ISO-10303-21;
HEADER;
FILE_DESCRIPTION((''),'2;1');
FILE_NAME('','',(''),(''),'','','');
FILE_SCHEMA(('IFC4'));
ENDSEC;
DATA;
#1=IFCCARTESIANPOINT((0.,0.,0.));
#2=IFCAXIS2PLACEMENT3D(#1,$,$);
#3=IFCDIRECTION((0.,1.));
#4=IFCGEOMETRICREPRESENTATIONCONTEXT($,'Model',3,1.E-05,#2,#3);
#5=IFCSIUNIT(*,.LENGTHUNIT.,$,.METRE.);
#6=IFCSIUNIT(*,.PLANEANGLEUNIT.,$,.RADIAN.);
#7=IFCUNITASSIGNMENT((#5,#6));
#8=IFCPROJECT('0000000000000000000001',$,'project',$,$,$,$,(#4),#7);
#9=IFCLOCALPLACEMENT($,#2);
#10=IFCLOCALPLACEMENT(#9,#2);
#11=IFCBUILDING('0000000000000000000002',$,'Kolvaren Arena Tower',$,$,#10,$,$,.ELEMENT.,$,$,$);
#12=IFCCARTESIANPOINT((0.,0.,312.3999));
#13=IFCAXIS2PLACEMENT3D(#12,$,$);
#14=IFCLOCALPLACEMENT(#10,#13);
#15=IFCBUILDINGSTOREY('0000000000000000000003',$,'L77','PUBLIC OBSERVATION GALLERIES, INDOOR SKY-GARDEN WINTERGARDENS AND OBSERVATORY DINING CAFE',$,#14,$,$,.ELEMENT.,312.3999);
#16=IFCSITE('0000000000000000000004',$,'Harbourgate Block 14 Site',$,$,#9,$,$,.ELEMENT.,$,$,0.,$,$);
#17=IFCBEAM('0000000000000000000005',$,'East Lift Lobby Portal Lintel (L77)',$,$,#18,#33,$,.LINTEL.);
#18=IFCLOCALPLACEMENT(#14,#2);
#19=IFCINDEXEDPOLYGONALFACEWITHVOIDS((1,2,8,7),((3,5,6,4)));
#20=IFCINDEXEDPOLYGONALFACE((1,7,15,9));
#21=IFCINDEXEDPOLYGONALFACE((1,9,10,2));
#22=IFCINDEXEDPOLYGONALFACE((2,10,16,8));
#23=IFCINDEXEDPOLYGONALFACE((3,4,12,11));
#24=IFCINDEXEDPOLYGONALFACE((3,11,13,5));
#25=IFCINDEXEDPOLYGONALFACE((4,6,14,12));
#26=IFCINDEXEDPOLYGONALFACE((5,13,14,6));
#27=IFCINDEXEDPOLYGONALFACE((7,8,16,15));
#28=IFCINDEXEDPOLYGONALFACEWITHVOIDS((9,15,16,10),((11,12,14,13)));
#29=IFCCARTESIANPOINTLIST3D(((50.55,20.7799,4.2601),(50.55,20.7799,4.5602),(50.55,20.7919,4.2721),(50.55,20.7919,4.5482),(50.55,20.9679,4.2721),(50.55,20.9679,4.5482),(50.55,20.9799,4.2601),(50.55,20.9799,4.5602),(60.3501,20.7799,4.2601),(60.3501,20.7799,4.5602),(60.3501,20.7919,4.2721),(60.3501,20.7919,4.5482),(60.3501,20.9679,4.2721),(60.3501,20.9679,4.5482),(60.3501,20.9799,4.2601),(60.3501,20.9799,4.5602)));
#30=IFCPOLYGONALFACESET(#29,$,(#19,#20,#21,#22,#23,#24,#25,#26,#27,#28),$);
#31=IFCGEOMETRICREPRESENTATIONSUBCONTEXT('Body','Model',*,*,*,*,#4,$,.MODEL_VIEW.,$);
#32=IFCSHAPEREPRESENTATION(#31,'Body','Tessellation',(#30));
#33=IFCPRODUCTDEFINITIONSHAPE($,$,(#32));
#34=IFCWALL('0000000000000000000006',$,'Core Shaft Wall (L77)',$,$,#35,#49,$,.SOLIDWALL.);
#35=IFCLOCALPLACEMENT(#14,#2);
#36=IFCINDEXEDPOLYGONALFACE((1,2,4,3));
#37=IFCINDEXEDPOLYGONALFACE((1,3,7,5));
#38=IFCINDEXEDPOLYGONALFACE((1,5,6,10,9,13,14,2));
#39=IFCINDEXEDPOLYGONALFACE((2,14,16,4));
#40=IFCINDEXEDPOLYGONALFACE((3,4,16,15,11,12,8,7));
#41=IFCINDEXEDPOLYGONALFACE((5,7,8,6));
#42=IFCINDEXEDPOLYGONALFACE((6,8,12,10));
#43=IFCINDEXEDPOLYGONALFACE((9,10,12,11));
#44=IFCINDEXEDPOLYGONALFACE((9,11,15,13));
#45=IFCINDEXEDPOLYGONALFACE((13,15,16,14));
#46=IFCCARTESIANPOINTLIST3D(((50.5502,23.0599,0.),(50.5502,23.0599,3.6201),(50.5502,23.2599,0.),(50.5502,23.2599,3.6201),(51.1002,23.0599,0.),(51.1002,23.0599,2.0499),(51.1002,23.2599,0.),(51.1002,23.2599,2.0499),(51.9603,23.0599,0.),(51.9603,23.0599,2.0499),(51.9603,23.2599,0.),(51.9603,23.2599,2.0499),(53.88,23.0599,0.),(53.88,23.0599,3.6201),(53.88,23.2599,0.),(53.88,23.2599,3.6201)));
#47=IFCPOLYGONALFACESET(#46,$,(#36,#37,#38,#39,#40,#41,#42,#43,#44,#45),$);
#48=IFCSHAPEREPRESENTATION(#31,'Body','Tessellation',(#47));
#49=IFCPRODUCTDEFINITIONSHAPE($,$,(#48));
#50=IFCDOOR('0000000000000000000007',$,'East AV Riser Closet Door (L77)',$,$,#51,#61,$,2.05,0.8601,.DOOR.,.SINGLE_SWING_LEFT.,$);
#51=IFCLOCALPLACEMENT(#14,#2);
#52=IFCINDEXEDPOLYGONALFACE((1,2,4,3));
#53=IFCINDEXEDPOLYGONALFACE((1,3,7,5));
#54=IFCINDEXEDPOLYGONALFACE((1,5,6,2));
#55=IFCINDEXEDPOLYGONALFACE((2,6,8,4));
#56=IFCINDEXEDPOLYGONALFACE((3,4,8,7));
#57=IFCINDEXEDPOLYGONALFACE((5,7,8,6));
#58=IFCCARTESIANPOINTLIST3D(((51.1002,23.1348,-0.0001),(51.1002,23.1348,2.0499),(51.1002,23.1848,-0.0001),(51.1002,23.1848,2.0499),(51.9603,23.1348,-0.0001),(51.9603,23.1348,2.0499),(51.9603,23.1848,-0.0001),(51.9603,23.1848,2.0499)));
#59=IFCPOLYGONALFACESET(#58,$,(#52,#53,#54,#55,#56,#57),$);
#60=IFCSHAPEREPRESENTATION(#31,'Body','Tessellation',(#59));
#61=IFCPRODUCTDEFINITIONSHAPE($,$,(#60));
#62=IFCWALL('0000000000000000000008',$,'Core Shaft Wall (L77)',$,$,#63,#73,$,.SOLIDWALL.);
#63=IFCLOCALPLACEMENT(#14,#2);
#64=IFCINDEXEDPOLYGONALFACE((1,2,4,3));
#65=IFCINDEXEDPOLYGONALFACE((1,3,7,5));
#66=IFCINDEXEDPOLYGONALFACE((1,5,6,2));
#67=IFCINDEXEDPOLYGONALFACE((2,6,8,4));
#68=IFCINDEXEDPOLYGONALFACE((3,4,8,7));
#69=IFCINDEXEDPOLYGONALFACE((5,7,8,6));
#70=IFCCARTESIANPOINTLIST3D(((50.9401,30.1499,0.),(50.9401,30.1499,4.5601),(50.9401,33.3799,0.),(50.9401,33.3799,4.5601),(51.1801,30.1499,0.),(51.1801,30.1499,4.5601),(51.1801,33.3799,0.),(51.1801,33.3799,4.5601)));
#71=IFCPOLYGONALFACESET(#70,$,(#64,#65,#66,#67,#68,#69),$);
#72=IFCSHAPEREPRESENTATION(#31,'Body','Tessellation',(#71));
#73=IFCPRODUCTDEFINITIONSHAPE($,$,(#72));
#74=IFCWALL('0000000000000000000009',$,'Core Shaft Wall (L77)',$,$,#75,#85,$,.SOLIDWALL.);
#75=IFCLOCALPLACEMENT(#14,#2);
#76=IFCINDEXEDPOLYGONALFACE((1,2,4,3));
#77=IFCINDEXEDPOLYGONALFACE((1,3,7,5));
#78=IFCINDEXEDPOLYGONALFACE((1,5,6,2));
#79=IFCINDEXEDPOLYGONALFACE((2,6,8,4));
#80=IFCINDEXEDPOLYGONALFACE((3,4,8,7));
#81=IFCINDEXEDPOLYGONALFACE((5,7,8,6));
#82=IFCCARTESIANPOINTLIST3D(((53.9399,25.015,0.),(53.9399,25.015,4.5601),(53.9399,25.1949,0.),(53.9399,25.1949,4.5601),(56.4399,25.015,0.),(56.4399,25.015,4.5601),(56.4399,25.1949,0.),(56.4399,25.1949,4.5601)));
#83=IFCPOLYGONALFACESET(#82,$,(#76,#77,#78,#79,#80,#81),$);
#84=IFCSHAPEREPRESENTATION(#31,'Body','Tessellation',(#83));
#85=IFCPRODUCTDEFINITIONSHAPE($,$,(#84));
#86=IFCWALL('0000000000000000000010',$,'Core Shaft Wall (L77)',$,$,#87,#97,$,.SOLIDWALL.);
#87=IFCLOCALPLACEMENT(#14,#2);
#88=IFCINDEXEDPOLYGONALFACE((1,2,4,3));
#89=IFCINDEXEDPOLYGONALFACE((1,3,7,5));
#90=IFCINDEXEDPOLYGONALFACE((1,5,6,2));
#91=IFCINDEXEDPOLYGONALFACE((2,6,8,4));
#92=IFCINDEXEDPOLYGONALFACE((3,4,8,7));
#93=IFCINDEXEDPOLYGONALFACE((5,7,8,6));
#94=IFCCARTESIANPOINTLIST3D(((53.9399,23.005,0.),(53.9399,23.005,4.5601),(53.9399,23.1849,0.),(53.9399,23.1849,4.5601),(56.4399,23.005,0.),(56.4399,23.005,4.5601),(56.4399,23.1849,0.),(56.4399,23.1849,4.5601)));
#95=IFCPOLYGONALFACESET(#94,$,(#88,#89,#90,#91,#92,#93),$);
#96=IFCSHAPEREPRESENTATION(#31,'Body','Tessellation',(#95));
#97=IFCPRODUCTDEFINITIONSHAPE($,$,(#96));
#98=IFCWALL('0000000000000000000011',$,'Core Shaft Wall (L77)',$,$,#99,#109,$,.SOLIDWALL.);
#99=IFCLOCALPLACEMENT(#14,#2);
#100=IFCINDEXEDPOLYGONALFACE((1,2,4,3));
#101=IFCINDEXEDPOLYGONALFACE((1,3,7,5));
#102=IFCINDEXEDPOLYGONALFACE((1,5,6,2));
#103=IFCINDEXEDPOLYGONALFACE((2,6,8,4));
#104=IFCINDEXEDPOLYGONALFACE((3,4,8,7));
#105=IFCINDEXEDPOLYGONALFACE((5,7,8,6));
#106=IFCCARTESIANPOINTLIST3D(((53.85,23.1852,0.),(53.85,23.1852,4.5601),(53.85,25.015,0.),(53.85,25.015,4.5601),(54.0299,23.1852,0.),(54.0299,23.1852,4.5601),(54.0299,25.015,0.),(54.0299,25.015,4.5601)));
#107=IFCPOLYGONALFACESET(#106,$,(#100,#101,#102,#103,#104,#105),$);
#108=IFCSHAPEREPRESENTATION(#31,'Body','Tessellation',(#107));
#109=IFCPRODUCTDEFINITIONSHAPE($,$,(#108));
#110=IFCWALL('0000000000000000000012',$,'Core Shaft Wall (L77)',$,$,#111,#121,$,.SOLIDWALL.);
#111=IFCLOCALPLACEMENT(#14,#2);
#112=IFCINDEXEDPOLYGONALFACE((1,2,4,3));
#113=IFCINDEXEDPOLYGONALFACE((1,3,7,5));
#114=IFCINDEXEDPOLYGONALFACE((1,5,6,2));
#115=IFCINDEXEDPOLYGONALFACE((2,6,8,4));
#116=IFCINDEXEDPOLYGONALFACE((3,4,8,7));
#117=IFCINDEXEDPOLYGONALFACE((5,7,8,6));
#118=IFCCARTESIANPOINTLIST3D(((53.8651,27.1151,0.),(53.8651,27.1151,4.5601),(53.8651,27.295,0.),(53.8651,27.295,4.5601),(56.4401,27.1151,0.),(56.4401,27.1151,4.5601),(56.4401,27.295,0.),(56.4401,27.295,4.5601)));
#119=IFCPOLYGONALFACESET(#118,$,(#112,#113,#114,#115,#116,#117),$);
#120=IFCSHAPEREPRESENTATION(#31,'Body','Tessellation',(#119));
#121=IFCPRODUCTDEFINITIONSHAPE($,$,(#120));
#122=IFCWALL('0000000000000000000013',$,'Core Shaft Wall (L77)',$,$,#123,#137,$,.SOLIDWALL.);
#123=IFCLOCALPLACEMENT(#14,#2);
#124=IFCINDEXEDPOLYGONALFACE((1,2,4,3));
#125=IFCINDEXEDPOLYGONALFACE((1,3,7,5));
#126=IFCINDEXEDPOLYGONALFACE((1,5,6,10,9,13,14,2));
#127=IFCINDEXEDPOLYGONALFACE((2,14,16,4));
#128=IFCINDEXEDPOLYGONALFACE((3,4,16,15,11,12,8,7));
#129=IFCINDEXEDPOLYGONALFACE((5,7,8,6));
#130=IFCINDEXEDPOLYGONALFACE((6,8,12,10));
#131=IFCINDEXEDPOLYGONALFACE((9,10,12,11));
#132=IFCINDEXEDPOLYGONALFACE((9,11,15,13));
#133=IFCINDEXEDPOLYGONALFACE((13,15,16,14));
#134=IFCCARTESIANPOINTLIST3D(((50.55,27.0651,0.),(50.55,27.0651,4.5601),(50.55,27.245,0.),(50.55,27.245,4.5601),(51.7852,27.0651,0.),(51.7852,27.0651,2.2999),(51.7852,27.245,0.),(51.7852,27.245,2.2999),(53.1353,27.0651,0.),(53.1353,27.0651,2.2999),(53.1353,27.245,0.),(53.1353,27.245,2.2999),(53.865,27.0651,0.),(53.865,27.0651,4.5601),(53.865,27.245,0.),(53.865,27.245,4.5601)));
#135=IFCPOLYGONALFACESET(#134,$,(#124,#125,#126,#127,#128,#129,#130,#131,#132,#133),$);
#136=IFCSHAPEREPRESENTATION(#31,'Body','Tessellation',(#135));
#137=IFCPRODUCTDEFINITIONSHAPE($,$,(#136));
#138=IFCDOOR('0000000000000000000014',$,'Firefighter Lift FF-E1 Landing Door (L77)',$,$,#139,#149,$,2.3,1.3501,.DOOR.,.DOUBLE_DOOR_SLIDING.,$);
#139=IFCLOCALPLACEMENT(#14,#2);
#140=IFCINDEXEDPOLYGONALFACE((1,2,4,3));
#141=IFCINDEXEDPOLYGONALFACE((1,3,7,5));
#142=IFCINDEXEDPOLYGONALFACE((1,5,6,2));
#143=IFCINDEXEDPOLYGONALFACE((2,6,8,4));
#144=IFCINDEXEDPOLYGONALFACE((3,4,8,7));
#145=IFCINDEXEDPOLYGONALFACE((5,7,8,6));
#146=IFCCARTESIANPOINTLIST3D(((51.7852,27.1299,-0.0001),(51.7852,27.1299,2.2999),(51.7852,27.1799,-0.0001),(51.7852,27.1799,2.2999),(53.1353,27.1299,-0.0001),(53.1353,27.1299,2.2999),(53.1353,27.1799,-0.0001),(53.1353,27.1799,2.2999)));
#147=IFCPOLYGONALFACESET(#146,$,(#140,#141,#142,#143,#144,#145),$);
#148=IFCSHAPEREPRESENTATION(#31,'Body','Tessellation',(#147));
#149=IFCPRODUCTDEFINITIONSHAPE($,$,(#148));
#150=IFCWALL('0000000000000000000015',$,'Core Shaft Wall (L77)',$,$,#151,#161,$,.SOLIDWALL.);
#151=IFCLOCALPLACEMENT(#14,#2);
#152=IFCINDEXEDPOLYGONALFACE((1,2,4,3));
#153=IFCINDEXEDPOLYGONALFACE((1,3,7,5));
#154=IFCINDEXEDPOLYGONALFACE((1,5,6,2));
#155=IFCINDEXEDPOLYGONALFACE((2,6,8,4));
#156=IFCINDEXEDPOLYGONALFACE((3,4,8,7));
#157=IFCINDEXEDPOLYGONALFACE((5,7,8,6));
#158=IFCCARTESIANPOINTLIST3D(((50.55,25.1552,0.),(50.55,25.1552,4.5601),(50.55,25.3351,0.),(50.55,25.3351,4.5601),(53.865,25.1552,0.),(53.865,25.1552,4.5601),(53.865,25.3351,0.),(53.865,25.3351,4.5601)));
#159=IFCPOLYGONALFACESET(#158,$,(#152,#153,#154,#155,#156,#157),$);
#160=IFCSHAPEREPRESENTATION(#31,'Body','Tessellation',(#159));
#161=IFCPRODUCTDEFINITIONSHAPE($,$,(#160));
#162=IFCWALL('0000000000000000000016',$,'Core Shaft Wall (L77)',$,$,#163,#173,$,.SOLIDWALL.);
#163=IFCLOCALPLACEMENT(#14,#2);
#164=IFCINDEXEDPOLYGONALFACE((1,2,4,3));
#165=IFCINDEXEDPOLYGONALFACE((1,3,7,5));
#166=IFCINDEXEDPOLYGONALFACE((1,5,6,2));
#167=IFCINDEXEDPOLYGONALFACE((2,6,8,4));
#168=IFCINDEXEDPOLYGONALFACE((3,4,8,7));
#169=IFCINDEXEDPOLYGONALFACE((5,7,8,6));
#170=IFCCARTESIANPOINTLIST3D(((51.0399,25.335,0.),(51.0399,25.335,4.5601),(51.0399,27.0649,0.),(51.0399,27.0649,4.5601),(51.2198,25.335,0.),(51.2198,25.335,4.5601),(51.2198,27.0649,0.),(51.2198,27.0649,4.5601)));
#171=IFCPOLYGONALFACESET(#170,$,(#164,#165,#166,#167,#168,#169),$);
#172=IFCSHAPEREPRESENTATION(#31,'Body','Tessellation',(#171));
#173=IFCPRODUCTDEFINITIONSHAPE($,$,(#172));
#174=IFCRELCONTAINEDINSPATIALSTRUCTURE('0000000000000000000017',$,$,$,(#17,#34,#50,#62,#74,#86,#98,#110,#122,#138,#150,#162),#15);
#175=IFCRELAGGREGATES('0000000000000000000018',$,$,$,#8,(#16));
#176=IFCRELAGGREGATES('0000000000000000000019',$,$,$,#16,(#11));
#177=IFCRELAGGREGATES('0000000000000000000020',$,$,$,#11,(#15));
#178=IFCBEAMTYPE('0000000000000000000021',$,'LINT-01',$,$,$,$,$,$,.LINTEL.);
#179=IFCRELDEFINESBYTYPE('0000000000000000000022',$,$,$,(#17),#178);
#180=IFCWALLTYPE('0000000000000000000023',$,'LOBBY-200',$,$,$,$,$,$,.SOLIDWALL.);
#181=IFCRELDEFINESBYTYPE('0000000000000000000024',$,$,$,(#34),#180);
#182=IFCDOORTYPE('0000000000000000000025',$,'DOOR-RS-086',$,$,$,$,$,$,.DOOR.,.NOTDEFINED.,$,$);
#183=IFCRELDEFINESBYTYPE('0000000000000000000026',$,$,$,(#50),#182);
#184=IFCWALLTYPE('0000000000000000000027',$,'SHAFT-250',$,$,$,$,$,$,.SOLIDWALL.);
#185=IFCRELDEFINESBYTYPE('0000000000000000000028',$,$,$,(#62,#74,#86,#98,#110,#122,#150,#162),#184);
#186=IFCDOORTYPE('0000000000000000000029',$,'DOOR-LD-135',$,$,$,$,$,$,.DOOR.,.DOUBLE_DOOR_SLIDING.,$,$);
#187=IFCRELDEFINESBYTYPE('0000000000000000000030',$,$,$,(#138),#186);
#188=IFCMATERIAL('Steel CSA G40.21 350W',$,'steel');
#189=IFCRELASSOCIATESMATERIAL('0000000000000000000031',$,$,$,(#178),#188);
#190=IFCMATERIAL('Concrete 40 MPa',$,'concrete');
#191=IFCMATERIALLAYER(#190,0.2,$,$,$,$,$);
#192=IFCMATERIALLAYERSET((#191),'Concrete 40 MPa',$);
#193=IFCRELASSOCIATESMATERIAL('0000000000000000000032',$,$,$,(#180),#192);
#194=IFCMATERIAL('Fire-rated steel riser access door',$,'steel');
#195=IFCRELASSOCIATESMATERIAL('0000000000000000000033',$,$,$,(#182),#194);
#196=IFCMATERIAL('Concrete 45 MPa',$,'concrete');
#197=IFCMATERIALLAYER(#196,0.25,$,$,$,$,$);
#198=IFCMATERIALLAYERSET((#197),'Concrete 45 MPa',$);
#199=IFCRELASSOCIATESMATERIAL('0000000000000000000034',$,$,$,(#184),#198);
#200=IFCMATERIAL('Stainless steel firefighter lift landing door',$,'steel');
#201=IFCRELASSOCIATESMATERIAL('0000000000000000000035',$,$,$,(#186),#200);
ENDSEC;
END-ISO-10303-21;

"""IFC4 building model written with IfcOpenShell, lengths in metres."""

from ifc_helpers import new_model, si_unit, direction, frame, frame_2d, origin, origin_2d, place, context, subcontext, project, spatial, rectangle, hollow_rectangle, extrude, material, layer, layer_set, material_profile, profile_set, type_object, element, fill, save


model = new_model("IFC4")

# Units and contexts
model_context = context("Model", 3, precision=1e-05, world=origin(), true_north=direction((0.0, 1.0)))
body_context = subcontext(model_context, "Body", "Model", "MODEL_VIEW")
ifc_project = project(units=[si_unit("LENGTHUNIT", "METRE"), si_unit("PLANEANGLEUNIT", "RADIAN")], contexts=[model_context])

# Site, building, storey
site_placement = place(None, origin())
site = spatial("IfcSite", under=ifc_project, at=site_placement, Name="Harbourgate Block 14 Site", CompositionType="ELEMENT", RefElevation=0.0)
building_placement = place(site_placement, origin())
building = spatial("IfcBuilding", under=site, at=building_placement, Name="Kolvaren Arena Tower", CompositionType="ELEMENT")
storey_placement = place(building_placement, frame((0.0, 0.0, 312.3999)))
storey = spatial("IfcBuildingStorey", under=building, at=storey_placement, Name="L77", Description="PUBLIC OBSERVATION GALLERIES, INDOOR SKY-GARDEN WINTERGARDENS AND OBSERVATORY DINING CAFE", CompositionType="ELEMENT", Elevation=312.3999)

# Beam
ifc_material_1 = material(Name="Steel CSA G40.21 350W", Category="steel")
ifc_material_profile_1 = material_profile(ifc_material_1, hollow_rectangle(XDim=0.2, YDim=0.3, WallThickness=0.012, at=origin_2d()), Name="HSS 300x200x12")
ifc_profile_set_1 = profile_set([ifc_material_profile_1], Name="Steel CSA G40.21 350W")
beam_type_1 = type_object("IfcBeamType", Name="LINT-01", PredefinedType="LINTEL", material=ifc_profile_set_1)
beam_1_placement = place(storey_placement, frame((50.55, 20.8799, 4.4102), z_axis=(1.0, 0.0, 0.0), x_axis=(0.0, 1.0, 0.0)))
element("IfcBeam", 1, at=beam_1_placement, inside=storey, type_object=beam_type_1, Name="East Lift Lobby Portal Lintel (L77)", PredefinedType="LINTEL", context=body_context, shape_type="SweptSolid", body=[
    extrude(hollow_rectangle(XDim=0.2, YDim=0.3, WallThickness=0.012, at=origin_2d()), origin(), (0.0, 0.0, 1.0), 9.8),
])

# Shared definitions
ifc_material_2 = material(Name="Concrete 40 MPa", Category="concrete")
ifc_layer_1 = layer(ifc_material_2, 0.2)
ifc_layer_set_1 = layer_set([ifc_layer_1], Name="Concrete 40 MPa")
wall_type_1 = type_object("IfcWallType", Name="LOBBY-200", PredefinedType="SOLIDWALL", material=ifc_layer_set_1)

# Wall, opening, door
wall_1_placement = place(storey_placement, frame((50.55, 23.1599, 0.0), z_axis=(0.0, 0.0, 1.0), x_axis=(1.0, 0.0, 0.0)))
wall_1 = element("IfcWall", 2, at=wall_1_placement, inside=storey, type_object=wall_type_1, Name="Core Shaft Wall (L77)", PredefinedType="SOLIDWALL", context=body_context, shape_type="SweptSolid", body=[
    extrude(rectangle(XDim=3.3298, YDim=0.2, at=frame_2d((1.665, 0.0))), origin(), (0.0, 0.0, 1.0), 3.6201),
])
opening_1_placement = place(wall_1_placement, frame((0.55, 0.0, 0.0)))
opening_1 = element("IfcOpeningElement", 3, at=opening_1_placement, cuts=wall_1, PredefinedType="OPENING", context=body_context, shape_type="SweptSolid", body=[
    extrude(rectangle(XDim=0.8601, YDim=2.05, at=frame_2d((0.4302, 1.0249))), frame((0.0, 0.1099, 0.0), z_axis=(0.0, -1.0, 0.0), x_axis=(1.0, 0.0, 0.0)), (0.0, 0.0, 1.0), 0.22),
])
ifc_material_3 = material(Name="Fire-rated steel riser access door", Category="steel")
door_type_1 = type_object("IfcDoorType", Name="DOOR-RS-086", OperationType="NOTDEFINED", PredefinedType="DOOR", material=ifc_material_3)
door_1_placement = place(opening_1_placement, origin())
door_1 = element("IfcDoor", 4, at=door_1_placement, inside=storey, type_object=door_type_1, Name="East AV Riser Closet Door (L77)", OperationType="SINGLE_SWING_LEFT", OverallHeight=2.05, OverallWidth=0.8601, PredefinedType="DOOR", context=body_context, shape_type="SweptSolid", body=[
    extrude(rectangle(XDim=0.8601, YDim=2.05, at=frame_2d((0.4302, 1.0249))), frame((0.0, 0.0249, 0.0), z_axis=(0.0, -1.0, 0.0), x_axis=(1.0, 0.0, 0.0)), (0.0, 0.0, 1.0), 0.05),
])
fill(opening_1, door_1)

# Walls
ifc_material_4 = material(Name="Concrete 45 MPa", Category="concrete")
ifc_layer_2 = layer(ifc_material_4, 0.25)
ifc_layer_set_2 = layer_set([ifc_layer_2], Name="Concrete 45 MPa")
wall_type_2 = type_object("IfcWallType", Name="SHAFT-250", PredefinedType="SOLIDWALL", material=ifc_layer_set_2)
wall_2_placement = place(storey_placement, frame((51.0601, 30.1499, 0.0), z_axis=(0.0, 0.0, 1.0), x_axis=(0.0, 1.0, 0.0)))
element("IfcWall", 5, at=wall_2_placement, inside=storey, type_object=wall_type_2, Name="Core Shaft Wall (L77)", PredefinedType="SOLIDWALL", context=body_context, shape_type="SweptSolid", body=[
    extrude(rectangle(XDim=3.23, YDim=0.24, at=frame_2d((1.615, 0.0))), origin(), (0.0, 0.0, 1.0), 4.5601),
])
for number, where, z_axis, x_axis, name in (
    (6, (53.9399, 25.105, 0.0), (0.0, 0.0, 1.0), (1.0, 0.0, 0.0), "Core Shaft Wall (L77)"),
    (7, (53.9399, 23.095, 0.0), (0.0, 0.0, 1.0), (1.0, 0.0, 0.0), "Core Shaft Wall (L77)"),
):
    element("IfcWall", number, at=place(storey_placement, frame(where, z_axis=z_axis, x_axis=x_axis)), inside=storey, type_object=wall_type_2, Name=name, PredefinedType="SOLIDWALL", context=body_context, shape_type="SweptSolid", body=[
        extrude(rectangle(XDim=2.5, YDim=0.1799, at=frame_2d((1.25, 0.0))), origin(), (0.0, 0.0, 1.0), 4.5601),
    ])
wall_3_placement = place(storey_placement, frame((53.9399, 23.1851, 0.0), z_axis=(0.0, 0.0, 1.0), x_axis=(0.0, 1.0, 0.0)))
element("IfcWall", 8, at=wall_3_placement, inside=storey, type_object=wall_type_2, Name="Core Shaft Wall (L77)", PredefinedType="SOLIDWALL", context=body_context, shape_type="SweptSolid", body=[
    extrude(rectangle(XDim=1.8298, YDim=0.1799, at=frame_2d((0.915, 0.0))), origin(), (0.0, 0.0, 1.0), 4.5601),
])
wall_4_placement = place(storey_placement, frame((53.865, 27.2051, 0.0), z_axis=(0.0, 0.0, 1.0), x_axis=(1.0, 0.0, 0.0)))
element("IfcWall", 9, at=wall_4_placement, inside=storey, type_object=wall_type_2, Name="Core Shaft Wall (L77)", PredefinedType="SOLIDWALL", context=body_context, shape_type="SweptSolid", body=[
    extrude(rectangle(XDim=2.575, YDim=0.1799, at=frame_2d((1.2876, 0.0))), origin(), (0.0, 0.0, 1.0), 4.5601),
])

# Wall, opening, door
wall_5_placement = place(storey_placement, frame((50.55, 27.155, 0.0), z_axis=(0.0, 0.0, 1.0), x_axis=(1.0, 0.0, 0.0)))
wall_5 = element("IfcWall", 10, at=wall_5_placement, inside=storey, type_object=wall_type_2, Name="Core Shaft Wall (L77)", PredefinedType="SOLIDWALL", context=body_context, shape_type="SweptSolid", body=[
    extrude(rectangle(XDim=3.3149, YDim=0.1799, at=frame_2d((1.6575, 0.0))), origin(), (0.0, 0.0, 1.0), 4.5601),
])
opening_2_placement = place(wall_5_placement, frame((1.2351, 0.0, 0.0)))
opening_2 = element("IfcOpeningElement", 11, at=opening_2_placement, cuts=wall_5, PredefinedType="OPENING", context=body_context, shape_type="SweptSolid", body=[
    extrude(rectangle(XDim=1.3501, YDim=2.3, at=frame_2d((0.675, 1.1499))), frame((0.0, 0.0999, 0.0), z_axis=(0.0, -1.0, 0.0), x_axis=(1.0, 0.0, 0.0)), (0.0, 0.0, 1.0), 0.2),
])
ifc_material_5 = material(Name="Stainless steel firefighter lift landing door", Category="steel")
door_type_2 = type_object("IfcDoorType", Name="DOOR-LD-135", OperationType="DOUBLE_DOOR_SLIDING", PredefinedType="DOOR", material=ifc_material_5)
door_2_placement = place(opening_2_placement, origin())
door_2 = element("IfcDoor", 12, at=door_2_placement, inside=storey, type_object=door_type_2, Name="Firefighter Lift FF-E1 Landing Door (L77)", OperationType="DOUBLE_DOOR_SLIDING", OverallHeight=2.3, OverallWidth=1.3501, PredefinedType="DOOR", context=body_context, shape_type="SweptSolid", body=[
    extrude(rectangle(XDim=1.3501, YDim=2.3, at=frame_2d((0.675, 1.1499))), frame((0.0, 0.0249, 0.0), z_axis=(0.0, -1.0, 0.0), x_axis=(1.0, 0.0, 0.0)), (0.0, 0.0, 1.0), 0.05),
])
fill(opening_2, door_2)

# Walls
wall_6_placement = place(storey_placement, frame((50.55, 25.2451, 0.0), z_axis=(0.0, 0.0, 1.0), x_axis=(1.0, 0.0, 0.0)))
element("IfcWall", 13, at=wall_6_placement, inside=storey, type_object=wall_type_2, Name="Core Shaft Wall (L77)", PredefinedType="SOLIDWALL", context=body_context, shape_type="SweptSolid", body=[
    extrude(rectangle(XDim=3.3149, YDim=0.1799, at=frame_2d((1.6575, 0.0))), origin(), (0.0, 0.0, 1.0), 4.5601),
])
wall_7_placement = place(storey_placement, frame((51.1299, 25.335, 0.0), z_axis=(0.0, 0.0, 1.0), x_axis=(0.0, 1.0, 0.0)))
element("IfcWall", 14, at=wall_7_placement, inside=storey, type_object=wall_type_2, Name="Core Shaft Wall (L77)", PredefinedType="SOLIDWALL", context=body_context, shape_type="SweptSolid", body=[
    extrude(rectangle(XDim=1.73, YDim=0.1799, at=frame_2d((0.865, 0.0))), origin(), (0.0, 0.0, 1.0), 4.5601),
])

save(model, "model.ifc")
